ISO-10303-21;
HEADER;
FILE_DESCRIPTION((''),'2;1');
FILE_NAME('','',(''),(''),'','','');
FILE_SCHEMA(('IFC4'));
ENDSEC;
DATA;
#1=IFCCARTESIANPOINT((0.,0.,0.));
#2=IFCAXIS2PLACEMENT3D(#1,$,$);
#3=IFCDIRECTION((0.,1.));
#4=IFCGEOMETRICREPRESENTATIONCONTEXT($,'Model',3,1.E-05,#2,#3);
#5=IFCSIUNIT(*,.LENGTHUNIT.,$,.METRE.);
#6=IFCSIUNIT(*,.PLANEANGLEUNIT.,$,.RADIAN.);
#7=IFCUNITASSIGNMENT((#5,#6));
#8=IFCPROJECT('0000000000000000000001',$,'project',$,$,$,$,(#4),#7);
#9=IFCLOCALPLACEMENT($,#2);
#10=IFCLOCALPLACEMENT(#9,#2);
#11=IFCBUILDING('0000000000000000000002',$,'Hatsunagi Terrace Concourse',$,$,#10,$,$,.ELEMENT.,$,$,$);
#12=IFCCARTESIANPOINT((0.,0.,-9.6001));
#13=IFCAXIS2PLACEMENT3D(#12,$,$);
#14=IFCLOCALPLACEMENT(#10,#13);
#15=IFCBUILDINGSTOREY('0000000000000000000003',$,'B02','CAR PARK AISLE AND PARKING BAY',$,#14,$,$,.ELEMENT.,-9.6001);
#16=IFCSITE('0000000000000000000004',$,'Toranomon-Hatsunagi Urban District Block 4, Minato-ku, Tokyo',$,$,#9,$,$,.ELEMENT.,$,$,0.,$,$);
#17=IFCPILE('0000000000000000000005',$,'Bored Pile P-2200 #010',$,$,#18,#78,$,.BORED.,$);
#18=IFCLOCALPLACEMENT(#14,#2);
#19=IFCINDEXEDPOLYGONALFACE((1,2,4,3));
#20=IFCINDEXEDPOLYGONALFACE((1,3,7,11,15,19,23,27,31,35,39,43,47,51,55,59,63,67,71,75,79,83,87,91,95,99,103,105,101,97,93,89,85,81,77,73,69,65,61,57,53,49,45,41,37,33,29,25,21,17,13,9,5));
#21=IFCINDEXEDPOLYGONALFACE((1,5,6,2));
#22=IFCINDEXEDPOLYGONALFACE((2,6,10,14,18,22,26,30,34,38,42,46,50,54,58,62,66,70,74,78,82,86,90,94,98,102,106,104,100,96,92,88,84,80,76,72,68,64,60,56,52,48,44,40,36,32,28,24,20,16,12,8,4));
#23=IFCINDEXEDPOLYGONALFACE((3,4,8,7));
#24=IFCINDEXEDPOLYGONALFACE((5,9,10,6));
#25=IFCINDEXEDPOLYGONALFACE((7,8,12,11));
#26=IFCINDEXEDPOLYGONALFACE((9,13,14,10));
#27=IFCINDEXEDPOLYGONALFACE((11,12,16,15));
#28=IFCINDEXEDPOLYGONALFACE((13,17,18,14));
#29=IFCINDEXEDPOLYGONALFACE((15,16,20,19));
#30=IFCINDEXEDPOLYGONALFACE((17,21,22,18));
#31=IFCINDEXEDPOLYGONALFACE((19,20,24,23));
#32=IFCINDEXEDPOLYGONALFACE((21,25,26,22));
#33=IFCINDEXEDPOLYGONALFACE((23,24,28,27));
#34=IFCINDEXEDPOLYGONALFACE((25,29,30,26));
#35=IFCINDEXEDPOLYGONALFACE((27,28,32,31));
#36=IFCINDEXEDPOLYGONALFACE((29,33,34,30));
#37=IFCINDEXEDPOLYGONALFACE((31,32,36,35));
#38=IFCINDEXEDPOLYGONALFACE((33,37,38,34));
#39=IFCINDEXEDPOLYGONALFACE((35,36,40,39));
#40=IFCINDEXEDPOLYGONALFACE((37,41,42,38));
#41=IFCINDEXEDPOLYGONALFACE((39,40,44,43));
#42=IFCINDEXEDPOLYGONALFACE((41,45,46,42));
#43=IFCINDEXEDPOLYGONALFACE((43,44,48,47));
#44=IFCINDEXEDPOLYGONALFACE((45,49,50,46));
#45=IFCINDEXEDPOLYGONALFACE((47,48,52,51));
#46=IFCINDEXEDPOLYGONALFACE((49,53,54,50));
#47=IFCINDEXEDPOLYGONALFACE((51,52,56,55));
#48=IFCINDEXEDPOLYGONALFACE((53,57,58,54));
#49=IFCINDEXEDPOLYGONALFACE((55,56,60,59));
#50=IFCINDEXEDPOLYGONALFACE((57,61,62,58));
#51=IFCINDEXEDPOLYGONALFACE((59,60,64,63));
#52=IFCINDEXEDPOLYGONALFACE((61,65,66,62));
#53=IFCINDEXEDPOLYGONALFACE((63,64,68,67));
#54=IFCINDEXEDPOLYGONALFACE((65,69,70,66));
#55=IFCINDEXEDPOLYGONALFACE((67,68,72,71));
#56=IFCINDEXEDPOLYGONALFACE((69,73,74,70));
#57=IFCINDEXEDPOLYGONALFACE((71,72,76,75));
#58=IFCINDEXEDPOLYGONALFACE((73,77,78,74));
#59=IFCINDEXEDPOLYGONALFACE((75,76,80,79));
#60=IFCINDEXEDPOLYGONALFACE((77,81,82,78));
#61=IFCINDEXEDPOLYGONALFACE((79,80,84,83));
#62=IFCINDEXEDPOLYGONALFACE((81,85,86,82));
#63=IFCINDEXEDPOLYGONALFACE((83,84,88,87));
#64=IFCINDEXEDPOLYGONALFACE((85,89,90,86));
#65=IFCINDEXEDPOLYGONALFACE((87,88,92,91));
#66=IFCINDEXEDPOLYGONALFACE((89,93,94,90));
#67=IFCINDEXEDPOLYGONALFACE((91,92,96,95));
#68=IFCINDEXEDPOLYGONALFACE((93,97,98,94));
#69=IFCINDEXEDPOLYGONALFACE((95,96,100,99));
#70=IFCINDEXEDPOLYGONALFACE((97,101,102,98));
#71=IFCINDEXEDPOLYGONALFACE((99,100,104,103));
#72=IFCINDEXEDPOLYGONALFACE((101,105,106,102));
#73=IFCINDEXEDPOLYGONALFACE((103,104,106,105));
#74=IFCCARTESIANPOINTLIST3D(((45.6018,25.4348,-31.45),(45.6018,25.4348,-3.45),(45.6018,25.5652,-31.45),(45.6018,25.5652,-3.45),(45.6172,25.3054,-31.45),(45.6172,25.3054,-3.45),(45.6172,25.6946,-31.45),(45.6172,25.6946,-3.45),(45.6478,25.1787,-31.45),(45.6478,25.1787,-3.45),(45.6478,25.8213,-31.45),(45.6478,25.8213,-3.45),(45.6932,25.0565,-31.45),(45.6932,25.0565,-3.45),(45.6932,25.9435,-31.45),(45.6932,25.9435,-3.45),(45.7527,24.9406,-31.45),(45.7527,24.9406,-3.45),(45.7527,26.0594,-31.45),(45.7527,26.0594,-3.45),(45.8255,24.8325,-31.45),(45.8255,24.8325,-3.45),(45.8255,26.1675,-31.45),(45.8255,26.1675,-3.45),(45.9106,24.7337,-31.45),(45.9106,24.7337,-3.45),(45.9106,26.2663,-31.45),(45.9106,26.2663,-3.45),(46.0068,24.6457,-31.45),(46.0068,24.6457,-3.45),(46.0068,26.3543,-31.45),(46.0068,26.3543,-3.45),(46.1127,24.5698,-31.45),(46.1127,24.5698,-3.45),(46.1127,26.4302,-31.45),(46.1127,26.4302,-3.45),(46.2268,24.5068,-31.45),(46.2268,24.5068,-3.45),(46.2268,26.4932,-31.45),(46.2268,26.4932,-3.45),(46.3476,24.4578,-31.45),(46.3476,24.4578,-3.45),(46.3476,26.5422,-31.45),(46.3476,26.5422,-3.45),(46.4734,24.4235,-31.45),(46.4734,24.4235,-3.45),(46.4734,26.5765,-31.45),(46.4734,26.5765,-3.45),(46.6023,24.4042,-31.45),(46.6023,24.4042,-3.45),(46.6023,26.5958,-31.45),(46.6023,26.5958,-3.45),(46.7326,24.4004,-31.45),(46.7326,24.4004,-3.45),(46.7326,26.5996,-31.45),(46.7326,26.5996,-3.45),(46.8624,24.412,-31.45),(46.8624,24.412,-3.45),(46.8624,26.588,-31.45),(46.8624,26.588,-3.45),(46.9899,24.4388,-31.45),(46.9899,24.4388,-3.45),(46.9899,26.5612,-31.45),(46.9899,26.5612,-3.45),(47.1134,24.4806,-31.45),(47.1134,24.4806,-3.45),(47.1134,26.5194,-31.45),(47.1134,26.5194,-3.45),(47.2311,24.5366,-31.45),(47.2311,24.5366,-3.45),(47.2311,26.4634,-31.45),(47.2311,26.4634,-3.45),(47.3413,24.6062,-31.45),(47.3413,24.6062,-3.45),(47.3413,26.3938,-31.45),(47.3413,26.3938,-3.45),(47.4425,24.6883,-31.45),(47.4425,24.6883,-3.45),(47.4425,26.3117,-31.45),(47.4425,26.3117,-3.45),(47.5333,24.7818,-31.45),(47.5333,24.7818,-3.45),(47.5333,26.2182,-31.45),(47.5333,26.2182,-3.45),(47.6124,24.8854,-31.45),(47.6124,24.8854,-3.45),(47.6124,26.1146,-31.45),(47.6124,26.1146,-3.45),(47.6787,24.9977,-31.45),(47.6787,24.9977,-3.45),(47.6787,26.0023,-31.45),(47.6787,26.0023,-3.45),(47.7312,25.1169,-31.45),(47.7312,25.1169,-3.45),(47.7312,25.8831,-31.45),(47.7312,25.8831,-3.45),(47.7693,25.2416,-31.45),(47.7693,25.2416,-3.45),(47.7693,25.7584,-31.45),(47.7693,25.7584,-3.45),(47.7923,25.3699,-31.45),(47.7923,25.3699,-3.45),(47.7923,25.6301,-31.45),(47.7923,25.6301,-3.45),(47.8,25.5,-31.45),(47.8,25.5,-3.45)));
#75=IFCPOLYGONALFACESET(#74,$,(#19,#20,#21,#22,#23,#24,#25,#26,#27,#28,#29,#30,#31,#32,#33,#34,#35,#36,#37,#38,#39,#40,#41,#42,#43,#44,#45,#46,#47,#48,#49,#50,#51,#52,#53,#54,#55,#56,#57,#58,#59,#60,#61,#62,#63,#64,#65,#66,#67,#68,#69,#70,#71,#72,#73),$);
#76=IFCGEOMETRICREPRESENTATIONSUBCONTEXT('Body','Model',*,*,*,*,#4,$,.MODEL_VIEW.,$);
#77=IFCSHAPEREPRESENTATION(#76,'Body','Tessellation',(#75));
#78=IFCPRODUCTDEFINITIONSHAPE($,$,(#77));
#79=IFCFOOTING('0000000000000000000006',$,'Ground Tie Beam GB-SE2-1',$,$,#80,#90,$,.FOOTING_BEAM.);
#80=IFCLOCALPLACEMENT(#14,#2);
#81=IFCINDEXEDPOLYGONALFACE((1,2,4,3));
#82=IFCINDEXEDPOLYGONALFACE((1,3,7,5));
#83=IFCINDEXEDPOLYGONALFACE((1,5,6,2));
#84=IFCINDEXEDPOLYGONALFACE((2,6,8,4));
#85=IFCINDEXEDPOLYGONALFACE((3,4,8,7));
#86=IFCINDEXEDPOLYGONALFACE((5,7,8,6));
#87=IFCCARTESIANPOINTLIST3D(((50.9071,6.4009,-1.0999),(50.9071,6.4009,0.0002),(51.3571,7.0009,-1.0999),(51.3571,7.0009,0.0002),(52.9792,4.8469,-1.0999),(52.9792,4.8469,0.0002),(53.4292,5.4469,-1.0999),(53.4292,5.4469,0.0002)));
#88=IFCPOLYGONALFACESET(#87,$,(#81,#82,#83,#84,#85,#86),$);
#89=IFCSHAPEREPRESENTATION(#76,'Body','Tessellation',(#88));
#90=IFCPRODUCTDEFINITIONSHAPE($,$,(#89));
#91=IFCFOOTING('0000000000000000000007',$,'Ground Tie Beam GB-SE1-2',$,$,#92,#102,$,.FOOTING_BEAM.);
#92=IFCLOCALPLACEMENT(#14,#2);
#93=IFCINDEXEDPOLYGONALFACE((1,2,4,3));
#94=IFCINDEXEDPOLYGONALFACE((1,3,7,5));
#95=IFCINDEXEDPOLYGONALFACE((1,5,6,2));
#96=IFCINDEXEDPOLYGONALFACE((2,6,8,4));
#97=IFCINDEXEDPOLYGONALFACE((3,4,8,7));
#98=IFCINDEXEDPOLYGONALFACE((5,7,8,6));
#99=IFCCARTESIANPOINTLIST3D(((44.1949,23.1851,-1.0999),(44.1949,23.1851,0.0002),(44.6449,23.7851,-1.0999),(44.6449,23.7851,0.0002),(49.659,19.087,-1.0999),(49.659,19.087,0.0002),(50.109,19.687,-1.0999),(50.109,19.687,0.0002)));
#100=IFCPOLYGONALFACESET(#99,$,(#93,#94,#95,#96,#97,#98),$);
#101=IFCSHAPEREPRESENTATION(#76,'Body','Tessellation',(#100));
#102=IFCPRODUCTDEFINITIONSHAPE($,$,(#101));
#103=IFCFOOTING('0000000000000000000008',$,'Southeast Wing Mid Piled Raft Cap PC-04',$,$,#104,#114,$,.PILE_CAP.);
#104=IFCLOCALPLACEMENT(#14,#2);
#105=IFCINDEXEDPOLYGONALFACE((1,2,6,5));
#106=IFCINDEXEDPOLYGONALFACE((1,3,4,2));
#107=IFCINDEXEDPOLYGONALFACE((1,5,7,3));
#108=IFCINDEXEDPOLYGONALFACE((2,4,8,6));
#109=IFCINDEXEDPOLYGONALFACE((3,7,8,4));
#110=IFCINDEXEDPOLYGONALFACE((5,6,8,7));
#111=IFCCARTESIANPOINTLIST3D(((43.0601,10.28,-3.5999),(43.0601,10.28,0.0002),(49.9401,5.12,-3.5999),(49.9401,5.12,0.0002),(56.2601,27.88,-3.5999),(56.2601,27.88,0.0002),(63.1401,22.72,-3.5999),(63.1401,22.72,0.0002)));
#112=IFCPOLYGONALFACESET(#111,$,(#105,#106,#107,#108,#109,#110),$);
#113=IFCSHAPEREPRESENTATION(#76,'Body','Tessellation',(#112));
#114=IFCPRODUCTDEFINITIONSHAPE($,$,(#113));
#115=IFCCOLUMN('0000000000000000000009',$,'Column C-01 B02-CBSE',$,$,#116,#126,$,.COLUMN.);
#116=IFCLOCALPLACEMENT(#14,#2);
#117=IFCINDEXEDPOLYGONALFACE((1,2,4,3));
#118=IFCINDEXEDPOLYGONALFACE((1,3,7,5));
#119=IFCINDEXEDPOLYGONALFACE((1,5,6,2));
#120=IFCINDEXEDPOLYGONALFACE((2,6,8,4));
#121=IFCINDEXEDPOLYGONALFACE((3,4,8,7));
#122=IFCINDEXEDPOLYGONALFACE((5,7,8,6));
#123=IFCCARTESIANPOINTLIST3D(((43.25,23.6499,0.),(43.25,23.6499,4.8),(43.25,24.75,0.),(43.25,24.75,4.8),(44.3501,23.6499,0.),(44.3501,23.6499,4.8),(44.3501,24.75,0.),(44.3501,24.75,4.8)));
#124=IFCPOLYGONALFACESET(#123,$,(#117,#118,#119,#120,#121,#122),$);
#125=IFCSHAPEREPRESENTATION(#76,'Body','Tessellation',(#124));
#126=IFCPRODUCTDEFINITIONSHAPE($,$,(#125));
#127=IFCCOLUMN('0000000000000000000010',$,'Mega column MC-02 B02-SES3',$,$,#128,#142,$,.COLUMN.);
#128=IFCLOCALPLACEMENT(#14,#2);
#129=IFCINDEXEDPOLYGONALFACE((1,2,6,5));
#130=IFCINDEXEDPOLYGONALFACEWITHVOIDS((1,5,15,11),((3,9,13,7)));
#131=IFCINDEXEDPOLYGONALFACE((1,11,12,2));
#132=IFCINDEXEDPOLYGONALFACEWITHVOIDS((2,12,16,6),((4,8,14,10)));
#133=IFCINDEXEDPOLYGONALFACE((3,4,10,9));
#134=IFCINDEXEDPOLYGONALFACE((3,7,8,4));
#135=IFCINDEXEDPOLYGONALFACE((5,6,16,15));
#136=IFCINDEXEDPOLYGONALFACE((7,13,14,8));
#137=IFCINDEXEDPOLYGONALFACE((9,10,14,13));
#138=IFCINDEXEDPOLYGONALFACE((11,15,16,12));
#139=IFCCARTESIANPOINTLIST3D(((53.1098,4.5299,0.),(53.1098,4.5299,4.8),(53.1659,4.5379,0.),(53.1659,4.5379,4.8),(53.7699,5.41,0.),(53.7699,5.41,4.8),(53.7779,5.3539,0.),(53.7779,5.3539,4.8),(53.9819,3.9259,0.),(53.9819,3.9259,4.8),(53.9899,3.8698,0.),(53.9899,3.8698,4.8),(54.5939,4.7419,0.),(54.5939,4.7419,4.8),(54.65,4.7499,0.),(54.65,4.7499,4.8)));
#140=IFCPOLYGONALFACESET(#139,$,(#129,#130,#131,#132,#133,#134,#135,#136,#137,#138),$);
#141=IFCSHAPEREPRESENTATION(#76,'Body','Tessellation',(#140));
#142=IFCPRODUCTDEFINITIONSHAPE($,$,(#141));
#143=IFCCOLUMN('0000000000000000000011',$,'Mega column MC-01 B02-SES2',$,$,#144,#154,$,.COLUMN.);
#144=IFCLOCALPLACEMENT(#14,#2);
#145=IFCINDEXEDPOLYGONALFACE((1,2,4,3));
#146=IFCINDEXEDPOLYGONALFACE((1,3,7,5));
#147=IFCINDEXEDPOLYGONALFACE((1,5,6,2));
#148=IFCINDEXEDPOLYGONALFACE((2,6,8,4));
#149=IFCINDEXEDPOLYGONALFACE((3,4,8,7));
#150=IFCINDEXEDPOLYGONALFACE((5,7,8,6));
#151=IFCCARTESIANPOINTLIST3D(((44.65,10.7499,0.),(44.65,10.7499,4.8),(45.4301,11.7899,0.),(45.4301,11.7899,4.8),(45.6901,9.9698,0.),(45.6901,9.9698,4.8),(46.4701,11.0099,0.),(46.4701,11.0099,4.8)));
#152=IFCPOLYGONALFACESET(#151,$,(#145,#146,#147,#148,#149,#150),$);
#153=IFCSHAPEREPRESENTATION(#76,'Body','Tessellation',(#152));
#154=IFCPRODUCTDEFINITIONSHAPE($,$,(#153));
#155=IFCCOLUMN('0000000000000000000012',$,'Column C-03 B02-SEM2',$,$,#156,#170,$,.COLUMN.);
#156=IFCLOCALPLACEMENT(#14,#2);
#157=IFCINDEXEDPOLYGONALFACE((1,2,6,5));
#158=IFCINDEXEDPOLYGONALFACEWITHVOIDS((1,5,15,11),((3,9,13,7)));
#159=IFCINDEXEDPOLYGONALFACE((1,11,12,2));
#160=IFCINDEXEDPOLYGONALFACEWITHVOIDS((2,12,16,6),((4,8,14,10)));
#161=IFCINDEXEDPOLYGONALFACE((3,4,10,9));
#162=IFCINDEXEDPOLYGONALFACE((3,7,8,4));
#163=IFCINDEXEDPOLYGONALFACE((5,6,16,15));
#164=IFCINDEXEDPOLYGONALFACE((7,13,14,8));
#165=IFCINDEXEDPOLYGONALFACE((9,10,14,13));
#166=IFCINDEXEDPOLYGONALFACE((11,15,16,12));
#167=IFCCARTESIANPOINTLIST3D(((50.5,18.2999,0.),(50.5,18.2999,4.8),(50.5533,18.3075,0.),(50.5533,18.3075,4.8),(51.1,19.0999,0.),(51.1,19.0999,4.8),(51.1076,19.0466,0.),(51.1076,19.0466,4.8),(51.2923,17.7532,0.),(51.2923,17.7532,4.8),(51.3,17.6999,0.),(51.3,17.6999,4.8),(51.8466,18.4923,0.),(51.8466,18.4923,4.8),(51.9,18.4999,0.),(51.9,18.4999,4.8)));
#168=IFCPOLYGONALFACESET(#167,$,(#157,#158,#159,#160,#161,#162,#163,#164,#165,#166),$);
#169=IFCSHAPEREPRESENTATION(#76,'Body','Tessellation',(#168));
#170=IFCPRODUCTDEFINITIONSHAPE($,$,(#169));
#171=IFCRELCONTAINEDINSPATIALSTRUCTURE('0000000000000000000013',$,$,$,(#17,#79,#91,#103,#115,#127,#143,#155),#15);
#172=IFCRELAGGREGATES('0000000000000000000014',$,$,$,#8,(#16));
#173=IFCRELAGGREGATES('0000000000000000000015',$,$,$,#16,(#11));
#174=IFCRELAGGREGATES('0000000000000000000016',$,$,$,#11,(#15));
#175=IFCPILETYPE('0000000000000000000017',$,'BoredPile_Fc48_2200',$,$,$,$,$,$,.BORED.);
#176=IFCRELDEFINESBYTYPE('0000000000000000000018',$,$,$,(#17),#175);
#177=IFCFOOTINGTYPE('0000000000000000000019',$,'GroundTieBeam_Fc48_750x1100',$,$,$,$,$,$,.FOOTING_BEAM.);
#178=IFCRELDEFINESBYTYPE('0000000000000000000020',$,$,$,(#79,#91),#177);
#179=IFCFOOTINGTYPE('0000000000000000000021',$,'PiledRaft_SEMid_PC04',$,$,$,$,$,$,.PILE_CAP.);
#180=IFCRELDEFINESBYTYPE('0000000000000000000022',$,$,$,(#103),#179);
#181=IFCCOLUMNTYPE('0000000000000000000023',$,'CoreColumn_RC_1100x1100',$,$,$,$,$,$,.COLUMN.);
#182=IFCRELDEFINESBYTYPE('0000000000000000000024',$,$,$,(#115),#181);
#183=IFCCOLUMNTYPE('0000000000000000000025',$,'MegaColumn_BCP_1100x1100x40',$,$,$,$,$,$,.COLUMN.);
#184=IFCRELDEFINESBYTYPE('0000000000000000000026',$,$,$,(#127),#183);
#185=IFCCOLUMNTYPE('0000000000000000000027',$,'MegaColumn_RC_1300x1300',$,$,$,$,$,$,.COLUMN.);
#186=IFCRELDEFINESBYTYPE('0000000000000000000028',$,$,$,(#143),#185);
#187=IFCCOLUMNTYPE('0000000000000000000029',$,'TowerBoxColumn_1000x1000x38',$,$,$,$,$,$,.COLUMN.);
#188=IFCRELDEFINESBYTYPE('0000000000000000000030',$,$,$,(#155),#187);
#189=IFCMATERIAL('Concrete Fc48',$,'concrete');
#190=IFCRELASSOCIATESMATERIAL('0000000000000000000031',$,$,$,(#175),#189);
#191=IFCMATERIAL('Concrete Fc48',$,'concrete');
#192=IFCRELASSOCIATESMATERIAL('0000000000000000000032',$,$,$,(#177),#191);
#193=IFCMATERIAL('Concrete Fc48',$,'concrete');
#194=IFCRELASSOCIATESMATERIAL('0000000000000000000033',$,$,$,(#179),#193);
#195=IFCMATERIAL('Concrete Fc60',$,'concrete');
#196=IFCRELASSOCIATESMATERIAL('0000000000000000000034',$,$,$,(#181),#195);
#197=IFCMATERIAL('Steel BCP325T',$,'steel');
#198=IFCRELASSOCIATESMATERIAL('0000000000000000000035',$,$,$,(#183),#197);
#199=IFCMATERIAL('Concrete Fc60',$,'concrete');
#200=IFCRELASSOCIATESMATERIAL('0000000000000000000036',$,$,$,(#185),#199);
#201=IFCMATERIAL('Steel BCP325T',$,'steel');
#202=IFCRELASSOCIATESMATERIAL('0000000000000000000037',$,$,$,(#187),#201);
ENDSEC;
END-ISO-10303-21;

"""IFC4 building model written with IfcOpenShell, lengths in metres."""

from ifc_helpers import new_model, si_unit, direction, frame, origin, origin_2d, place, context, subcontext, project, spatial, rectangle, hollow_rectangle, circle, extrude, material, material_profile, profile_set, type_object, element, save


model = new_model("IFC4")

# Units and contexts
model_context = context("Model", 3, precision=1e-05, world=origin(), true_north=direction((0.0, 1.0)))
body_context = subcontext(model_context, "Body", "Model", "MODEL_VIEW")
ifc_project = project(units=[si_unit("LENGTHUNIT", "METRE"), si_unit("PLANEANGLEUNIT", "RADIAN")], contexts=[model_context])

# Site, building, storey
site_placement = place(None, origin())
site = spatial("IfcSite", under=ifc_project, at=site_placement, Name="Toranomon-Hatsunagi Urban District Block 4, Minato-ku, Tokyo", CompositionType="ELEMENT", RefElevation=0.0)
building_placement = place(site_placement, origin())
building = spatial("IfcBuilding", under=site, at=building_placement, Name="Hatsunagi Terrace Concourse", CompositionType="ELEMENT")
storey_placement = place(building_placement, frame((0.0, 0.0, -9.6001)))
storey = spatial("IfcBuildingStorey", under=building, at=storey_placement, Name="B02", Description="CAR PARK AISLE AND PARKING BAY", CompositionType="ELEMENT", Elevation=-9.6001)

# Pile
ifc_material_1 = material(Name="Concrete Fc48", Category="concrete")
ifc_material_profile_1 = material_profile(ifc_material_1, circle(Radius=1.1001, at=origin_2d()), Name="PILE-2200")
ifc_profile_set_1 = profile_set([ifc_material_profile_1], Name="Concrete Fc48")
pile_type_1 = type_object("IfcPileType", Name="BoredPile_Fc48_2200", PredefinedType="BORED", material=ifc_profile_set_1)
pile_placement = place(storey_placement, frame((46.7, 25.5, -3.45), z_axis=(0.0, 0.0, -1.0), x_axis=(1.0, 0.0, 0.0)))
element("IfcPile", 1, at=pile_placement, inside=storey, type_object=pile_type_1, Name="Bored Pile P-2200 #010", PredefinedType="BORED", context=body_context, shape_type="SweptSolid", body=[
    extrude(circle(Radius=1.1001, at=origin_2d()), origin(), (0.0, 0.0, 1.0), 28.0),
])

# Footings
ifc_material_2 = material(Name="Concrete Fc48", Category="concrete")
ifc_material_profile_2 = material_profile(ifc_material_2, rectangle(XDim=0.75, YDim=1.1001, at=origin_2d()), Name="RC-750x1100")
ifc_profile_set_2 = profile_set([ifc_material_profile_2], Name="Concrete Fc48")
footing_type_1 = type_object("IfcFootingType", Name="GroundTieBeam_Fc48_750x1100", PredefinedType="FOOTING_BEAM", material=ifc_profile_set_2)
footing_1_placement = place(storey_placement, frame((51.1321, 6.7009, -0.5498), z_axis=(0.800011, -0.599985, 0.0), x_axis=(0.599985, 0.800011, 0.0)))
element("IfcFooting", 2, at=footing_1_placement, inside=storey, type_object=footing_type_1, Name="Ground Tie Beam GB-SE2-1", PredefinedType="FOOTING_BEAM", context=body_context, shape_type="SweptSolid", body=[
    extrude(rectangle(XDim=0.75, YDim=1.1001, at=origin_2d()), origin(), (0.0, 0.0, 1.0), 2.5901),
])
footing_2_placement = place(storey_placement, frame((44.4199, 23.4851, -0.5498), z_axis=(0.799996, -0.600006, 0.0), x_axis=(0.600006, 0.799996, 0.0)))
element("IfcFooting", 3, at=footing_2_placement, inside=storey, type_object=footing_type_1, Name="Ground Tie Beam GB-SE1-2", PredefinedType="FOOTING_BEAM", context=body_context, shape_type="SweptSolid", body=[
    extrude(rectangle(XDim=0.75, YDim=1.1001, at=origin_2d()), origin(), (0.0, 0.0, 1.0), 6.8301),
])
ifc_material_3 = material(Name="Concrete Fc48", Category="concrete")
footing_type_2 = type_object("IfcFootingType", Name="PiledRaft_SEMid_PC04", PredefinedType="PILE_CAP", material=ifc_material_3)
footing_3_placement = place(storey_placement, frame((53.1001, 16.5, -3.5999), z_axis=(0.0, 0.0, 1.0), x_axis=(0.8, -0.6, 0.0)))
element("IfcFooting", 4, at=footing_3_placement, inside=storey, type_object=footing_type_2, Name="Southeast Wing Mid Piled Raft Cap PC-04", PredefinedType="PILE_CAP", context=body_context, shape_type="SweptSolid", body=[
    extrude(rectangle(XDim=8.6001, YDim=22.0, at=origin_2d()), origin(), (0.0, 0.0, 1.0), 3.6001),
])

# Columns
ifc_material_4 = material(Name="Concrete Fc60", Category="concrete")
ifc_material_profile_3 = material_profile(ifc_material_4, rectangle(XDim=1.1001, YDim=1.1001, at=origin_2d()), Name="RC-1100x1100")
ifc_profile_set_3 = profile_set([ifc_material_profile_3], Name="Concrete Fc60")
column_type_1 = type_object("IfcColumnType", Name="CoreColumn_RC_1100x1100", PredefinedType="COLUMN", material=ifc_profile_set_3)
column_1_placement = place(storey_placement, frame((43.8, 24.2, 0.0), z_axis=(0.0, 0.0, 1.0), x_axis=(1.0, 0.0, 0.0)))
element("IfcColumn", 5, at=column_1_placement, inside=storey, type_object=column_type_1, Name="Column C-01 B02-CBSE", PredefinedType="COLUMN", context=body_context, shape_type="SweptSolid", body=[
    extrude(rectangle(XDim=1.1001, YDim=1.1001, at=origin_2d()), origin(), (0.0, 0.0, 1.0), 4.8),
])
ifc_material_5 = material(Name="Steel BCP325T", Category="steel")
ifc_material_profile_4 = material_profile(ifc_material_5, hollow_rectangle(XDim=1.1001, YDim=1.1001, WallThickness=0.04, at=origin_2d()), Name="BCP-1100x1100x40")
ifc_profile_set_4 = profile_set([ifc_material_profile_4], Name="Steel BCP325T")
column_type_2 = type_object("IfcColumnType", Name="MegaColumn_BCP_1100x1100x40", PredefinedType="COLUMN", material=ifc_profile_set_4)
column_2_placement = place(storey_placement, frame((53.8799, 4.6399, 0.0), z_axis=(0.0, 0.0, 1.0), x_axis=(0.8, -0.6, 0.0)))
element("IfcColumn", 6, at=column_2_placement, inside=storey, type_object=column_type_2, Name="Mega column MC-02 B02-SES3", PredefinedType="COLUMN", context=body_context, shape_type="SweptSolid", body=[
    extrude(hollow_rectangle(XDim=1.1001, YDim=1.1001, WallThickness=0.04, at=origin_2d()), origin(), (0.0, 0.0, 1.0), 4.8),
])
ifc_material_6 = material(Name="Concrete Fc60", Category="concrete")
ifc_material_profile_5 = material_profile(ifc_material_6, rectangle(XDim=1.3, YDim=1.3, at=origin_2d()), Name="RC-1300x1300")
ifc_profile_set_5 = profile_set([ifc_material_profile_5], Name="Concrete Fc60")
column_type_3 = type_object("IfcColumnType", Name="MegaColumn_RC_1300x1300", PredefinedType="COLUMN", material=ifc_profile_set_5)
column_3_placement = place(storey_placement, frame((45.5601, 10.8799, 0.0), z_axis=(0.0, 0.0, 1.0), x_axis=(0.8, -0.6, 0.0)))
element("IfcColumn", 7, at=column_3_placement, inside=storey, type_object=column_type_3, Name="Mega column MC-01 B02-SES2", PredefinedType="COLUMN", context=body_context, shape_type="SweptSolid", body=[
    extrude(rectangle(XDim=1.3, YDim=1.3, at=origin_2d()), origin(), (0.0, 0.0, 1.0), 4.8),
])
ifc_material_7 = material(Name="Steel BCP325T", Category="steel")
ifc_material_profile_6 = material_profile(ifc_material_7, hollow_rectangle(XDim=1.0, YDim=1.0, WallThickness=0.0381, at=origin_2d()), Name="BCP-1000x1000x38")
ifc_profile_set_6 = profile_set([ifc_material_profile_6], Name="Steel BCP325T")
column_type_4 = type_object("IfcColumnType", Name="TowerBoxColumn_1000x1000x38", PredefinedType="COLUMN", material=ifc_profile_set_6)
column_4_placement = place(storey_placement, frame((51.2, 18.3999, 0.0), z_axis=(0.0, 0.0, 1.0), x_axis=(0.8, -0.6, 0.0)))
element("IfcColumn", 8, at=column_4_placement, inside=storey, type_object=column_type_4, Name="Column C-03 B02-SEM2", PredefinedType="COLUMN", context=body_context, shape_type="SweptSolid", body=[
    extrude(hollow_rectangle(XDim=1.0, YDim=1.0, WallThickness=0.0381, at=origin_2d()), origin(), (0.0, 0.0, 1.0), 4.8),
])

save(model, "model.ifc")
